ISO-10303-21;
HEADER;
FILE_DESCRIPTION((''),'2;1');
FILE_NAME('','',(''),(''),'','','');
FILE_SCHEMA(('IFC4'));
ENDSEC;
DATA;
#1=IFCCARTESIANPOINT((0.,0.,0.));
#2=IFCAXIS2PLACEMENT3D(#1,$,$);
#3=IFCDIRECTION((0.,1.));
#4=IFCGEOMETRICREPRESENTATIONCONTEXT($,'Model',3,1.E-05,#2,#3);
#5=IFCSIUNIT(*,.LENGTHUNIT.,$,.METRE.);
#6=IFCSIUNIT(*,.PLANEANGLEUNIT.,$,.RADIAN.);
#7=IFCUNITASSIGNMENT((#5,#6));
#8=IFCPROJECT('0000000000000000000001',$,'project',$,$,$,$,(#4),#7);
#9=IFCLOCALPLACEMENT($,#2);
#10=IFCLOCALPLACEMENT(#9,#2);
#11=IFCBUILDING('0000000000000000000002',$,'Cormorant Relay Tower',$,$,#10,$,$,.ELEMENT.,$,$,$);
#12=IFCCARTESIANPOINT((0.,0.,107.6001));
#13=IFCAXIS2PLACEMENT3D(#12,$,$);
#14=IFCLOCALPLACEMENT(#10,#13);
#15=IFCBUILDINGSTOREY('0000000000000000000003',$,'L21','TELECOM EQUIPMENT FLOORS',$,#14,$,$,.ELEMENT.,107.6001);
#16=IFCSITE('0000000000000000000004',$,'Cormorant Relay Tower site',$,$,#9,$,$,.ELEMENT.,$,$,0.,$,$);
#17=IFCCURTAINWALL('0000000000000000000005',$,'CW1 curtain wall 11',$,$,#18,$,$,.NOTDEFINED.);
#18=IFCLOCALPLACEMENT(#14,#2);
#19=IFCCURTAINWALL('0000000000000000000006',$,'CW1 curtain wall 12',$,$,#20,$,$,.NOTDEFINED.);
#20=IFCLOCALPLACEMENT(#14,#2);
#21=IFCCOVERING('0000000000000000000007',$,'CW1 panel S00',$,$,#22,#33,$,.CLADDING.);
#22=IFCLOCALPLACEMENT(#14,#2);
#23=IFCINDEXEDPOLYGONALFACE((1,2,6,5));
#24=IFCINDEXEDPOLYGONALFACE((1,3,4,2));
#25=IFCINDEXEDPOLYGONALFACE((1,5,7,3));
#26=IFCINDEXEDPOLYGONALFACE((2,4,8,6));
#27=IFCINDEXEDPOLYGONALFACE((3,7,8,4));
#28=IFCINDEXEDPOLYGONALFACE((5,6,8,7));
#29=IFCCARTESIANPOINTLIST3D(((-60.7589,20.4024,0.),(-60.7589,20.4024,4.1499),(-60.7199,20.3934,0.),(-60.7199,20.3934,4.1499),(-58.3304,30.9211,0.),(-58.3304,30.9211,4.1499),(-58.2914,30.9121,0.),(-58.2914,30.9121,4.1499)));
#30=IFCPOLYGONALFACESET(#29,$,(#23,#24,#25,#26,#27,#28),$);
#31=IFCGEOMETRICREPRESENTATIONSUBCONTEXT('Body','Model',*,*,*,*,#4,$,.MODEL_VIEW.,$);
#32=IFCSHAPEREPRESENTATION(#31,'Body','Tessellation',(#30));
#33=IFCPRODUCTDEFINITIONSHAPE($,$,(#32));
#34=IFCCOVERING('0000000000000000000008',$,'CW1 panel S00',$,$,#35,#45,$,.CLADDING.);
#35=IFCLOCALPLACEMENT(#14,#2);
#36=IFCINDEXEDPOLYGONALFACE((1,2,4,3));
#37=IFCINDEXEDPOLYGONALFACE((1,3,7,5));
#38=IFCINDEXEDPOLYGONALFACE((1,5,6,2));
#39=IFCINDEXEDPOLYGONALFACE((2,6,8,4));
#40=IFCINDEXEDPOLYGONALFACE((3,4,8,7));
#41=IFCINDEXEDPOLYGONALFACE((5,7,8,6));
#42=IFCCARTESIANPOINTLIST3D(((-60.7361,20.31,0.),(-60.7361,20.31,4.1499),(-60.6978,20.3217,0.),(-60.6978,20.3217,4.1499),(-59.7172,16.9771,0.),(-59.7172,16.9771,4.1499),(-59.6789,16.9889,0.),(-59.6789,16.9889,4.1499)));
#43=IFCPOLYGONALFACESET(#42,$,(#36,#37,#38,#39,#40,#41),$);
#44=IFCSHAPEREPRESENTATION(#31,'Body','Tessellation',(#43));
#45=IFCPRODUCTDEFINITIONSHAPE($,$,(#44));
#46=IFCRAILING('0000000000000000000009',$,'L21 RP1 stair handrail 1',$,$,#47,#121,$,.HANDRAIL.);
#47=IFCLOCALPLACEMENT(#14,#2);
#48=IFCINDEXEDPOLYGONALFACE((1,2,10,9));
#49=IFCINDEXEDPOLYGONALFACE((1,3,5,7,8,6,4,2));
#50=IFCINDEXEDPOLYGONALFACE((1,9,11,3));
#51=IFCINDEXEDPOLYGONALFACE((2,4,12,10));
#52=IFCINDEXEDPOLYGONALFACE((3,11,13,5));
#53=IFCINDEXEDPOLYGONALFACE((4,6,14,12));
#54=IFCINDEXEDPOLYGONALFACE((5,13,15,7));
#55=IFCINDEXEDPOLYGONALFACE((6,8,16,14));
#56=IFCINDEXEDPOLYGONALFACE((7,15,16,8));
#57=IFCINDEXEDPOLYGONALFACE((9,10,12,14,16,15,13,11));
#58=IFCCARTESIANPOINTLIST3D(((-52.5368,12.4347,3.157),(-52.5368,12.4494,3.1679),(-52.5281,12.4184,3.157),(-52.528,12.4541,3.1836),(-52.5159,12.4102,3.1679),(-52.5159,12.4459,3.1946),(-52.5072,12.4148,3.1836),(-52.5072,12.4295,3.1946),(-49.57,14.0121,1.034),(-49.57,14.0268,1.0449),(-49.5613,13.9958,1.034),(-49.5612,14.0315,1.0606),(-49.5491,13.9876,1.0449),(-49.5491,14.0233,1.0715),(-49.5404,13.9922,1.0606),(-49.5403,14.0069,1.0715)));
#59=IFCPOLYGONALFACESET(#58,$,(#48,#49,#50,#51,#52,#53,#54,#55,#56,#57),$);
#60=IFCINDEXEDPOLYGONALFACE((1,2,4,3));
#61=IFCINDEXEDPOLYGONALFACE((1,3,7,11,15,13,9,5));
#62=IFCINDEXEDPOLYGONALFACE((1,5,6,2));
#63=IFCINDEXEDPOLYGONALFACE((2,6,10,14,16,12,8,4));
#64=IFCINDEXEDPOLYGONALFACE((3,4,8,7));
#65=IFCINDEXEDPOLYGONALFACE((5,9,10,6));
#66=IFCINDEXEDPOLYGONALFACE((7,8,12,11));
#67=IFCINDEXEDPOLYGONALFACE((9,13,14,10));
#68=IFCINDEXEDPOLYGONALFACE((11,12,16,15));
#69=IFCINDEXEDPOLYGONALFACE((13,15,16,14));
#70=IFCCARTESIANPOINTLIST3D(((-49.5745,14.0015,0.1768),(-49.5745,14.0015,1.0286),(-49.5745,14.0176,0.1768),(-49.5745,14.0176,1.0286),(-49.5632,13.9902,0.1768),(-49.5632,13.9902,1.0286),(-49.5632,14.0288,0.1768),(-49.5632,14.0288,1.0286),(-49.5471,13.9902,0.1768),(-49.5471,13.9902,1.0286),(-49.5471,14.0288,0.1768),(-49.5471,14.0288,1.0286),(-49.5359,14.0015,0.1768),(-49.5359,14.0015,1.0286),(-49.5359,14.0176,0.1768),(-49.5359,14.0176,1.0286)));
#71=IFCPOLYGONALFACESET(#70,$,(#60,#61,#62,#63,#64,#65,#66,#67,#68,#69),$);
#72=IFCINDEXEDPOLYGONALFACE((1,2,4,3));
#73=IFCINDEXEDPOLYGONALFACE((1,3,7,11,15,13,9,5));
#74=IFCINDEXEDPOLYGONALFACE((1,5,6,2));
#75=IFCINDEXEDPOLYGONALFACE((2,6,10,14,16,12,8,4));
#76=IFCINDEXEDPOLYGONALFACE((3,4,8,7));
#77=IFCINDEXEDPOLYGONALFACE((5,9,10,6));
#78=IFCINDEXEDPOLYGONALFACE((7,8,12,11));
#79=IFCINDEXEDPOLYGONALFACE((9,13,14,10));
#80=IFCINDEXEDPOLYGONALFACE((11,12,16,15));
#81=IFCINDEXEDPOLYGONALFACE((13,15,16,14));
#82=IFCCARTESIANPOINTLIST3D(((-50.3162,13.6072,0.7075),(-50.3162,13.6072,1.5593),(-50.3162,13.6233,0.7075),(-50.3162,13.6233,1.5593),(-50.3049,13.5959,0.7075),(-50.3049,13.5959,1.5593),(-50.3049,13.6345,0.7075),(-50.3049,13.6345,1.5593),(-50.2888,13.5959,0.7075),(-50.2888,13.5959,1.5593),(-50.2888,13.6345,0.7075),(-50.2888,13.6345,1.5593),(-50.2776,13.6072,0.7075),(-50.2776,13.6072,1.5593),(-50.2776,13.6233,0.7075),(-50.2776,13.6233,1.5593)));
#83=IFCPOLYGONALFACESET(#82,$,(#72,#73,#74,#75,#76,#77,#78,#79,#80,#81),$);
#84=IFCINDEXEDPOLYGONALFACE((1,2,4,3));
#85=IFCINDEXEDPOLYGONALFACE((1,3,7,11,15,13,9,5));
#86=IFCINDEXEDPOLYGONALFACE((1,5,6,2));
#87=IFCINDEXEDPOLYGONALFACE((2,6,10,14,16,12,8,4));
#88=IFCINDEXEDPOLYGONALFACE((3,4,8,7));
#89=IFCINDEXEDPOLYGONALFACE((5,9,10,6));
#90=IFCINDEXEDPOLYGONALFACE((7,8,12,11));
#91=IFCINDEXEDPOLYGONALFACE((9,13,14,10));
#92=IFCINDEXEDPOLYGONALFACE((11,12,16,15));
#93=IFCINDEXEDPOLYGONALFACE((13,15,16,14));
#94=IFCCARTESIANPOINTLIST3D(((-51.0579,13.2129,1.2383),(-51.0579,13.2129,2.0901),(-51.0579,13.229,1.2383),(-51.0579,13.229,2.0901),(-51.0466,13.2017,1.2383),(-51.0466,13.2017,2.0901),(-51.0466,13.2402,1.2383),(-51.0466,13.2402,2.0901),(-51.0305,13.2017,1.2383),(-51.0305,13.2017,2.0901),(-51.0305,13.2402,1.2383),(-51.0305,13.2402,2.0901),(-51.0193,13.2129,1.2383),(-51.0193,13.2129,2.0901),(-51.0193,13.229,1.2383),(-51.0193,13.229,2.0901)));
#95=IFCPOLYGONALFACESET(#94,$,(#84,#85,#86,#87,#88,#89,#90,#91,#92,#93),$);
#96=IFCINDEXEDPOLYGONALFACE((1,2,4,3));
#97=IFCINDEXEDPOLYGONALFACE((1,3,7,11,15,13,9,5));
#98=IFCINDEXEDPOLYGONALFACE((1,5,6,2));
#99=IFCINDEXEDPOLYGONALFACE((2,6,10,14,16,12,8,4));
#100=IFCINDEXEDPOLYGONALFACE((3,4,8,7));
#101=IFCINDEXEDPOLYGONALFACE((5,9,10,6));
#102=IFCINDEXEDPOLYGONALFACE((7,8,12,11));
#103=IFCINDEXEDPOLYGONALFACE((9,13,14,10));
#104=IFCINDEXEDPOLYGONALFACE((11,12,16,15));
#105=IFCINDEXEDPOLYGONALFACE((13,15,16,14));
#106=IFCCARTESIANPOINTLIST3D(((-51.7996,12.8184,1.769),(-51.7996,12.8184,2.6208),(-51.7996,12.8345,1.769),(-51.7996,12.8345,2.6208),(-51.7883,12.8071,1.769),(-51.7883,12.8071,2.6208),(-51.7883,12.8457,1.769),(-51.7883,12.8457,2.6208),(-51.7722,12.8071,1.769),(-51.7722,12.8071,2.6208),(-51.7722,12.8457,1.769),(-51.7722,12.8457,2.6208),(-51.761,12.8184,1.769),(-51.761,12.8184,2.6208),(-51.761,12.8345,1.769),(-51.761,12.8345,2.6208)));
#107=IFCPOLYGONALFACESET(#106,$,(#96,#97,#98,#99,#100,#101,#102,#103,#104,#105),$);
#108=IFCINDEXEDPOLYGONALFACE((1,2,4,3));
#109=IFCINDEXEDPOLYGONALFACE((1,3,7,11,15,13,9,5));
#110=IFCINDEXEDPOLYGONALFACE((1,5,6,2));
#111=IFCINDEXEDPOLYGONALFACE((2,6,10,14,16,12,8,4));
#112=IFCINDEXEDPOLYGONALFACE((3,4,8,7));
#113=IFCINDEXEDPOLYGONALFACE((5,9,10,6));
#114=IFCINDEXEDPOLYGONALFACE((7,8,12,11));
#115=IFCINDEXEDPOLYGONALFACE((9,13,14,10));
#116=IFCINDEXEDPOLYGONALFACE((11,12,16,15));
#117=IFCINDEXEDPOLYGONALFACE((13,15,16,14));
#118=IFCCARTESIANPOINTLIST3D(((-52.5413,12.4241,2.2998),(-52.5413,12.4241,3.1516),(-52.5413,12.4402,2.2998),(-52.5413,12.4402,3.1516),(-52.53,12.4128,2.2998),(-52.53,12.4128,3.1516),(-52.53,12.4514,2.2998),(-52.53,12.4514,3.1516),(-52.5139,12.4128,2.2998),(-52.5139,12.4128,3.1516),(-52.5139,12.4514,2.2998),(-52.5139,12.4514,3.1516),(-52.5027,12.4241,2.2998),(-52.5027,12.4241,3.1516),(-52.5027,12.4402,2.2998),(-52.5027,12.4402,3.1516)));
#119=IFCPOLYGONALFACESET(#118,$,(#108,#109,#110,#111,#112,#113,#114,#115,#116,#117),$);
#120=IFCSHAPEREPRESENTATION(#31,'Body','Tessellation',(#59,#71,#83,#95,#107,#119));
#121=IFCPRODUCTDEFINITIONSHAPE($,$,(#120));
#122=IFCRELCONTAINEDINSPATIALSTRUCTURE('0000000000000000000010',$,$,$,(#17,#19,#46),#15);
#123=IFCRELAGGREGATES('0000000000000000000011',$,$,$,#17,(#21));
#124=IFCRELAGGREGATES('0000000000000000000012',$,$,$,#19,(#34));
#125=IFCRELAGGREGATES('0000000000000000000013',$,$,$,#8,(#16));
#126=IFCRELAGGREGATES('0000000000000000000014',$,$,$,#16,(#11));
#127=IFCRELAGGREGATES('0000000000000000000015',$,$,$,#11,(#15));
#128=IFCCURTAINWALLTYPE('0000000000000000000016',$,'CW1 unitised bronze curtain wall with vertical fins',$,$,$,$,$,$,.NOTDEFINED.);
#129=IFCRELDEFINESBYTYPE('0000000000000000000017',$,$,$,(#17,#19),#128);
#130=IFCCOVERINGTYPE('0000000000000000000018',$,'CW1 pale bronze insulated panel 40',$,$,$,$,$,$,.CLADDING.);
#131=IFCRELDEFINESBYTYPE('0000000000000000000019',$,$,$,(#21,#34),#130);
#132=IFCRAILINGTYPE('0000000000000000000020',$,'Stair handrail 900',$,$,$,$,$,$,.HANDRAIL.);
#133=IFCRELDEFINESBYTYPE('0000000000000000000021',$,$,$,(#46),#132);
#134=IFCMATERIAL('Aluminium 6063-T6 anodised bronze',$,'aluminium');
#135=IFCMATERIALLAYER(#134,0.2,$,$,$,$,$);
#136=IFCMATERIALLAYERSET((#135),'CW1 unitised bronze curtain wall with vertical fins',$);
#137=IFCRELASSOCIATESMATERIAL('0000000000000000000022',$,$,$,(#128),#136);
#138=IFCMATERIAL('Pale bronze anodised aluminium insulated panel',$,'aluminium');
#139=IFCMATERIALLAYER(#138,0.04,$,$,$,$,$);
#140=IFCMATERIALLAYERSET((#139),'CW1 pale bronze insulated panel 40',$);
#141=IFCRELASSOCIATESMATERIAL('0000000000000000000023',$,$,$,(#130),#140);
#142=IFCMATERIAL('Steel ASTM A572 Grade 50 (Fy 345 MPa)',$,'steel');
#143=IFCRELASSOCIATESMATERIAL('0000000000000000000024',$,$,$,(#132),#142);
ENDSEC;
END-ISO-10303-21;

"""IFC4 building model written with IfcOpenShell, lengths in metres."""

from ifc_helpers import new_model, si_unit, direction, frame, origin, origin_2d, place, context, subcontext, project, spatial, polyline, rectangle, outline, extrude, material, layer, layer_set, type_object, element, aggregate, save


model = new_model("IFC4")

# Units and contexts
model_context = context("Model", 3, precision=1e-05, world=origin(), true_north=direction((0.0, 1.0)))
body_context = subcontext(model_context, "Body", "Model", "MODEL_VIEW")
ifc_project = project(units=[si_unit("LENGTHUNIT", "METRE"), si_unit("PLANEANGLEUNIT", "RADIAN")], contexts=[model_context])

# Site, building, storey
site_placement = place(None, origin())
site = spatial("IfcSite", under=ifc_project, at=site_placement, Name="Cormorant Relay Tower site", CompositionType="ELEMENT", RefElevation=0.0)
building_placement = place(site_placement, origin())
building = spatial("IfcBuilding", under=site, at=building_placement, Name="Cormorant Relay Tower", CompositionType="ELEMENT")
storey_placement = place(building_placement, frame((0.0, 0.0, 107.6001)))
storey = spatial("IfcBuildingStorey", under=building, at=storey_placement, Name="L21", Description="TELECOM EQUIPMENT FLOORS", CompositionType="ELEMENT", Elevation=107.6001)

# Curtain walls
ifc_material_1 = material(Name="Aluminium 6063-T6 anodised bronze", Category="aluminium")
ifc_layer_1 = layer(ifc_material_1, 0.2)
ifc_layer_set_1 = layer_set([ifc_layer_1], Name="CW1 unitised bronze curtain wall with vertical fins")
curtain_wall_type = type_object("IfcCurtainWallType", Name="CW1 unitised bronze curtain wall with vertical fins", PredefinedType="NOTDEFINED", material=ifc_layer_set_1)
curtain_wall_1_placement = place(storey_placement, origin())
curtain_wall_1 = element("IfcCurtainWall", 1, at=curtain_wall_1_placement, inside=storey, type_object=curtain_wall_type, Name="CW1 curtain wall 11", PredefinedType="NOTDEFINED")
curtain_wall_2_placement = place(storey_placement, origin())
curtain_wall_2 = element("IfcCurtainWall", 2, at=curtain_wall_2_placement, inside=storey, type_object=curtain_wall_type, Name="CW1 curtain wall 12", PredefinedType="NOTDEFINED")

# Coverings
ifc_material_2 = material(Name="Pale bronze anodised aluminium insulated panel", Category="aluminium")
ifc_layer_2 = layer(ifc_material_2, 0.04)
ifc_layer_set_2 = layer_set([ifc_layer_2], Name="CW1 pale bronze insulated panel 40")
covering_type = type_object("IfcCoveringType", Name="CW1 pale bronze insulated panel 40", PredefinedType="CLADDING", material=ifc_layer_set_2)
covering_1_placement = place(storey_placement, frame((-59.5251, 25.6572, 0.0), z_axis=(0.0, 0.0, 1.0), x_axis=(-0.224951, -0.97437, 0.0)))
covering_1 = element("IfcCovering", 3, at=covering_1_placement, type_object=covering_type, Name="CW1 panel S00", PredefinedType="CLADDING", context=body_context, shape_type="SweptSolid", body=[
    extrude(rectangle(XDim=10.7954, YDim=0.04, at=origin_2d()), origin(), (0.0, 0.0, 1.0), 4.1499),
])
aggregate(curtain_wall_1, [covering_1])
covering_2_placement = place(storey_placement, frame((-60.2075, 18.6494, 0.0), z_axis=(0.0, 0.0, 1.0), x_axis=(0.292372, -0.956305, 0.0)))
covering_2 = element("IfcCovering", 4, at=covering_2_placement, type_object=covering_type, Name="CW1 panel S00", PredefinedType="CLADDING", context=body_context, shape_type="SweptSolid", body=[
    extrude(rectangle(XDim=3.4851, YDim=0.04, at=origin_2d()), origin(), (0.0, 0.0, 1.0), 4.1499),
])
aggregate(curtain_wall_2, [covering_2])

# Railing
ifc_material_3 = material(Name="Steel ASTM A572 Grade 50 (Fy 345 MPa)", Category="steel")
railing_type = type_object("IfcRailingType", Name="Stair handrail 900", PredefinedType="HANDRAIL", material=ifc_material_3)
railing_placement = place(storey_placement, frame((-49.5552, 14.0095, 0.1768)))
element("IfcRailing", 5, at=railing_placement, inside=storey, type_object=railing_type, Name="L21 RP1 stair handrail 1", PredefinedType="HANDRAIL", context=body_context, shape_type="SweptSolid", body=[
    extrude(outline(polyline([(0.0222, 0.0093), (0.0093, 0.0222), (-0.0093, 0.0222), (-0.0222, 0.0093), (-0.0222, -0.0093), (-0.0093, -0.0222), (0.0093, -0.0222), (0.0222, -0.0093), (0.0222, 0.0093)])), frame((0.0, 0.0, 0.876), z_axis=(-0.746441, -0.396869, 0.534155), x_axis=(0.469453, -0.882958, 0.0)), (0.0, 0.0, 1.0), 3.9746),
    extrude(outline(polyline([(0.0193, 0.0081), (0.0081, 0.0193), (-0.0081, 0.0193), (-0.0193, 0.0081), (-0.0193, -0.0081), (-0.0081, -0.0193), (0.0081, -0.0193), (0.0193, -0.0081), (0.0193, 0.0081)])), origin(), (0.0, 0.0, 1.0), 0.8518),
    extrude(outline(polyline([(0.0193, 0.0081), (0.0081, 0.0193), (-0.0081, 0.0193), (-0.0193, 0.0081), (-0.0193, -0.0081), (-0.0081, -0.0193), (0.0081, -0.0193), (0.0193, -0.0081), (0.0193, 0.0081)])), frame((-0.7417, -0.3943, 0.5308)), (0.0, 0.0, 1.0), 0.8518),
    extrude(outline(polyline([(0.0193, 0.0081), (0.0081, 0.0193), (-0.0081, 0.0193), (-0.0193, 0.0081), (-0.0193, -0.0081), (-0.0081, -0.0193), (0.0081, -0.0193), (0.0193, -0.0081), (0.0193, 0.0081)])), frame((-1.4834, -0.7886, 1.0615)), (0.0, 0.0, 1.0), 0.8518),
    extrude(outline(polyline([(0.0193, 0.0081), (0.0081, 0.0193), (-0.0081, 0.0193), (-0.0193, 0.0081), (-0.0193, -0.0081), (-0.0081, -0.0193), (0.0081, -0.0193), (0.0193, -0.0081), (0.0193, 0.0081)])), frame((-2.2251, -1.1831, 1.5923)), (0.0, 0.0, 1.0), 0.8518),
    extrude(outline(polyline([(0.0193, 0.0081), (0.0081, 0.0193), (-0.0081, 0.0193), (-0.0193, 0.0081), (-0.0193, -0.0081), (-0.0081, -0.0193), (0.0081, -0.0193), (0.0193, -0.0081), (0.0193, 0.0081)])), frame((-2.9668, -1.5774, 2.123)), (0.0, 0.0, 1.0), 0.8518),
])

save(model, "model.ifc")
